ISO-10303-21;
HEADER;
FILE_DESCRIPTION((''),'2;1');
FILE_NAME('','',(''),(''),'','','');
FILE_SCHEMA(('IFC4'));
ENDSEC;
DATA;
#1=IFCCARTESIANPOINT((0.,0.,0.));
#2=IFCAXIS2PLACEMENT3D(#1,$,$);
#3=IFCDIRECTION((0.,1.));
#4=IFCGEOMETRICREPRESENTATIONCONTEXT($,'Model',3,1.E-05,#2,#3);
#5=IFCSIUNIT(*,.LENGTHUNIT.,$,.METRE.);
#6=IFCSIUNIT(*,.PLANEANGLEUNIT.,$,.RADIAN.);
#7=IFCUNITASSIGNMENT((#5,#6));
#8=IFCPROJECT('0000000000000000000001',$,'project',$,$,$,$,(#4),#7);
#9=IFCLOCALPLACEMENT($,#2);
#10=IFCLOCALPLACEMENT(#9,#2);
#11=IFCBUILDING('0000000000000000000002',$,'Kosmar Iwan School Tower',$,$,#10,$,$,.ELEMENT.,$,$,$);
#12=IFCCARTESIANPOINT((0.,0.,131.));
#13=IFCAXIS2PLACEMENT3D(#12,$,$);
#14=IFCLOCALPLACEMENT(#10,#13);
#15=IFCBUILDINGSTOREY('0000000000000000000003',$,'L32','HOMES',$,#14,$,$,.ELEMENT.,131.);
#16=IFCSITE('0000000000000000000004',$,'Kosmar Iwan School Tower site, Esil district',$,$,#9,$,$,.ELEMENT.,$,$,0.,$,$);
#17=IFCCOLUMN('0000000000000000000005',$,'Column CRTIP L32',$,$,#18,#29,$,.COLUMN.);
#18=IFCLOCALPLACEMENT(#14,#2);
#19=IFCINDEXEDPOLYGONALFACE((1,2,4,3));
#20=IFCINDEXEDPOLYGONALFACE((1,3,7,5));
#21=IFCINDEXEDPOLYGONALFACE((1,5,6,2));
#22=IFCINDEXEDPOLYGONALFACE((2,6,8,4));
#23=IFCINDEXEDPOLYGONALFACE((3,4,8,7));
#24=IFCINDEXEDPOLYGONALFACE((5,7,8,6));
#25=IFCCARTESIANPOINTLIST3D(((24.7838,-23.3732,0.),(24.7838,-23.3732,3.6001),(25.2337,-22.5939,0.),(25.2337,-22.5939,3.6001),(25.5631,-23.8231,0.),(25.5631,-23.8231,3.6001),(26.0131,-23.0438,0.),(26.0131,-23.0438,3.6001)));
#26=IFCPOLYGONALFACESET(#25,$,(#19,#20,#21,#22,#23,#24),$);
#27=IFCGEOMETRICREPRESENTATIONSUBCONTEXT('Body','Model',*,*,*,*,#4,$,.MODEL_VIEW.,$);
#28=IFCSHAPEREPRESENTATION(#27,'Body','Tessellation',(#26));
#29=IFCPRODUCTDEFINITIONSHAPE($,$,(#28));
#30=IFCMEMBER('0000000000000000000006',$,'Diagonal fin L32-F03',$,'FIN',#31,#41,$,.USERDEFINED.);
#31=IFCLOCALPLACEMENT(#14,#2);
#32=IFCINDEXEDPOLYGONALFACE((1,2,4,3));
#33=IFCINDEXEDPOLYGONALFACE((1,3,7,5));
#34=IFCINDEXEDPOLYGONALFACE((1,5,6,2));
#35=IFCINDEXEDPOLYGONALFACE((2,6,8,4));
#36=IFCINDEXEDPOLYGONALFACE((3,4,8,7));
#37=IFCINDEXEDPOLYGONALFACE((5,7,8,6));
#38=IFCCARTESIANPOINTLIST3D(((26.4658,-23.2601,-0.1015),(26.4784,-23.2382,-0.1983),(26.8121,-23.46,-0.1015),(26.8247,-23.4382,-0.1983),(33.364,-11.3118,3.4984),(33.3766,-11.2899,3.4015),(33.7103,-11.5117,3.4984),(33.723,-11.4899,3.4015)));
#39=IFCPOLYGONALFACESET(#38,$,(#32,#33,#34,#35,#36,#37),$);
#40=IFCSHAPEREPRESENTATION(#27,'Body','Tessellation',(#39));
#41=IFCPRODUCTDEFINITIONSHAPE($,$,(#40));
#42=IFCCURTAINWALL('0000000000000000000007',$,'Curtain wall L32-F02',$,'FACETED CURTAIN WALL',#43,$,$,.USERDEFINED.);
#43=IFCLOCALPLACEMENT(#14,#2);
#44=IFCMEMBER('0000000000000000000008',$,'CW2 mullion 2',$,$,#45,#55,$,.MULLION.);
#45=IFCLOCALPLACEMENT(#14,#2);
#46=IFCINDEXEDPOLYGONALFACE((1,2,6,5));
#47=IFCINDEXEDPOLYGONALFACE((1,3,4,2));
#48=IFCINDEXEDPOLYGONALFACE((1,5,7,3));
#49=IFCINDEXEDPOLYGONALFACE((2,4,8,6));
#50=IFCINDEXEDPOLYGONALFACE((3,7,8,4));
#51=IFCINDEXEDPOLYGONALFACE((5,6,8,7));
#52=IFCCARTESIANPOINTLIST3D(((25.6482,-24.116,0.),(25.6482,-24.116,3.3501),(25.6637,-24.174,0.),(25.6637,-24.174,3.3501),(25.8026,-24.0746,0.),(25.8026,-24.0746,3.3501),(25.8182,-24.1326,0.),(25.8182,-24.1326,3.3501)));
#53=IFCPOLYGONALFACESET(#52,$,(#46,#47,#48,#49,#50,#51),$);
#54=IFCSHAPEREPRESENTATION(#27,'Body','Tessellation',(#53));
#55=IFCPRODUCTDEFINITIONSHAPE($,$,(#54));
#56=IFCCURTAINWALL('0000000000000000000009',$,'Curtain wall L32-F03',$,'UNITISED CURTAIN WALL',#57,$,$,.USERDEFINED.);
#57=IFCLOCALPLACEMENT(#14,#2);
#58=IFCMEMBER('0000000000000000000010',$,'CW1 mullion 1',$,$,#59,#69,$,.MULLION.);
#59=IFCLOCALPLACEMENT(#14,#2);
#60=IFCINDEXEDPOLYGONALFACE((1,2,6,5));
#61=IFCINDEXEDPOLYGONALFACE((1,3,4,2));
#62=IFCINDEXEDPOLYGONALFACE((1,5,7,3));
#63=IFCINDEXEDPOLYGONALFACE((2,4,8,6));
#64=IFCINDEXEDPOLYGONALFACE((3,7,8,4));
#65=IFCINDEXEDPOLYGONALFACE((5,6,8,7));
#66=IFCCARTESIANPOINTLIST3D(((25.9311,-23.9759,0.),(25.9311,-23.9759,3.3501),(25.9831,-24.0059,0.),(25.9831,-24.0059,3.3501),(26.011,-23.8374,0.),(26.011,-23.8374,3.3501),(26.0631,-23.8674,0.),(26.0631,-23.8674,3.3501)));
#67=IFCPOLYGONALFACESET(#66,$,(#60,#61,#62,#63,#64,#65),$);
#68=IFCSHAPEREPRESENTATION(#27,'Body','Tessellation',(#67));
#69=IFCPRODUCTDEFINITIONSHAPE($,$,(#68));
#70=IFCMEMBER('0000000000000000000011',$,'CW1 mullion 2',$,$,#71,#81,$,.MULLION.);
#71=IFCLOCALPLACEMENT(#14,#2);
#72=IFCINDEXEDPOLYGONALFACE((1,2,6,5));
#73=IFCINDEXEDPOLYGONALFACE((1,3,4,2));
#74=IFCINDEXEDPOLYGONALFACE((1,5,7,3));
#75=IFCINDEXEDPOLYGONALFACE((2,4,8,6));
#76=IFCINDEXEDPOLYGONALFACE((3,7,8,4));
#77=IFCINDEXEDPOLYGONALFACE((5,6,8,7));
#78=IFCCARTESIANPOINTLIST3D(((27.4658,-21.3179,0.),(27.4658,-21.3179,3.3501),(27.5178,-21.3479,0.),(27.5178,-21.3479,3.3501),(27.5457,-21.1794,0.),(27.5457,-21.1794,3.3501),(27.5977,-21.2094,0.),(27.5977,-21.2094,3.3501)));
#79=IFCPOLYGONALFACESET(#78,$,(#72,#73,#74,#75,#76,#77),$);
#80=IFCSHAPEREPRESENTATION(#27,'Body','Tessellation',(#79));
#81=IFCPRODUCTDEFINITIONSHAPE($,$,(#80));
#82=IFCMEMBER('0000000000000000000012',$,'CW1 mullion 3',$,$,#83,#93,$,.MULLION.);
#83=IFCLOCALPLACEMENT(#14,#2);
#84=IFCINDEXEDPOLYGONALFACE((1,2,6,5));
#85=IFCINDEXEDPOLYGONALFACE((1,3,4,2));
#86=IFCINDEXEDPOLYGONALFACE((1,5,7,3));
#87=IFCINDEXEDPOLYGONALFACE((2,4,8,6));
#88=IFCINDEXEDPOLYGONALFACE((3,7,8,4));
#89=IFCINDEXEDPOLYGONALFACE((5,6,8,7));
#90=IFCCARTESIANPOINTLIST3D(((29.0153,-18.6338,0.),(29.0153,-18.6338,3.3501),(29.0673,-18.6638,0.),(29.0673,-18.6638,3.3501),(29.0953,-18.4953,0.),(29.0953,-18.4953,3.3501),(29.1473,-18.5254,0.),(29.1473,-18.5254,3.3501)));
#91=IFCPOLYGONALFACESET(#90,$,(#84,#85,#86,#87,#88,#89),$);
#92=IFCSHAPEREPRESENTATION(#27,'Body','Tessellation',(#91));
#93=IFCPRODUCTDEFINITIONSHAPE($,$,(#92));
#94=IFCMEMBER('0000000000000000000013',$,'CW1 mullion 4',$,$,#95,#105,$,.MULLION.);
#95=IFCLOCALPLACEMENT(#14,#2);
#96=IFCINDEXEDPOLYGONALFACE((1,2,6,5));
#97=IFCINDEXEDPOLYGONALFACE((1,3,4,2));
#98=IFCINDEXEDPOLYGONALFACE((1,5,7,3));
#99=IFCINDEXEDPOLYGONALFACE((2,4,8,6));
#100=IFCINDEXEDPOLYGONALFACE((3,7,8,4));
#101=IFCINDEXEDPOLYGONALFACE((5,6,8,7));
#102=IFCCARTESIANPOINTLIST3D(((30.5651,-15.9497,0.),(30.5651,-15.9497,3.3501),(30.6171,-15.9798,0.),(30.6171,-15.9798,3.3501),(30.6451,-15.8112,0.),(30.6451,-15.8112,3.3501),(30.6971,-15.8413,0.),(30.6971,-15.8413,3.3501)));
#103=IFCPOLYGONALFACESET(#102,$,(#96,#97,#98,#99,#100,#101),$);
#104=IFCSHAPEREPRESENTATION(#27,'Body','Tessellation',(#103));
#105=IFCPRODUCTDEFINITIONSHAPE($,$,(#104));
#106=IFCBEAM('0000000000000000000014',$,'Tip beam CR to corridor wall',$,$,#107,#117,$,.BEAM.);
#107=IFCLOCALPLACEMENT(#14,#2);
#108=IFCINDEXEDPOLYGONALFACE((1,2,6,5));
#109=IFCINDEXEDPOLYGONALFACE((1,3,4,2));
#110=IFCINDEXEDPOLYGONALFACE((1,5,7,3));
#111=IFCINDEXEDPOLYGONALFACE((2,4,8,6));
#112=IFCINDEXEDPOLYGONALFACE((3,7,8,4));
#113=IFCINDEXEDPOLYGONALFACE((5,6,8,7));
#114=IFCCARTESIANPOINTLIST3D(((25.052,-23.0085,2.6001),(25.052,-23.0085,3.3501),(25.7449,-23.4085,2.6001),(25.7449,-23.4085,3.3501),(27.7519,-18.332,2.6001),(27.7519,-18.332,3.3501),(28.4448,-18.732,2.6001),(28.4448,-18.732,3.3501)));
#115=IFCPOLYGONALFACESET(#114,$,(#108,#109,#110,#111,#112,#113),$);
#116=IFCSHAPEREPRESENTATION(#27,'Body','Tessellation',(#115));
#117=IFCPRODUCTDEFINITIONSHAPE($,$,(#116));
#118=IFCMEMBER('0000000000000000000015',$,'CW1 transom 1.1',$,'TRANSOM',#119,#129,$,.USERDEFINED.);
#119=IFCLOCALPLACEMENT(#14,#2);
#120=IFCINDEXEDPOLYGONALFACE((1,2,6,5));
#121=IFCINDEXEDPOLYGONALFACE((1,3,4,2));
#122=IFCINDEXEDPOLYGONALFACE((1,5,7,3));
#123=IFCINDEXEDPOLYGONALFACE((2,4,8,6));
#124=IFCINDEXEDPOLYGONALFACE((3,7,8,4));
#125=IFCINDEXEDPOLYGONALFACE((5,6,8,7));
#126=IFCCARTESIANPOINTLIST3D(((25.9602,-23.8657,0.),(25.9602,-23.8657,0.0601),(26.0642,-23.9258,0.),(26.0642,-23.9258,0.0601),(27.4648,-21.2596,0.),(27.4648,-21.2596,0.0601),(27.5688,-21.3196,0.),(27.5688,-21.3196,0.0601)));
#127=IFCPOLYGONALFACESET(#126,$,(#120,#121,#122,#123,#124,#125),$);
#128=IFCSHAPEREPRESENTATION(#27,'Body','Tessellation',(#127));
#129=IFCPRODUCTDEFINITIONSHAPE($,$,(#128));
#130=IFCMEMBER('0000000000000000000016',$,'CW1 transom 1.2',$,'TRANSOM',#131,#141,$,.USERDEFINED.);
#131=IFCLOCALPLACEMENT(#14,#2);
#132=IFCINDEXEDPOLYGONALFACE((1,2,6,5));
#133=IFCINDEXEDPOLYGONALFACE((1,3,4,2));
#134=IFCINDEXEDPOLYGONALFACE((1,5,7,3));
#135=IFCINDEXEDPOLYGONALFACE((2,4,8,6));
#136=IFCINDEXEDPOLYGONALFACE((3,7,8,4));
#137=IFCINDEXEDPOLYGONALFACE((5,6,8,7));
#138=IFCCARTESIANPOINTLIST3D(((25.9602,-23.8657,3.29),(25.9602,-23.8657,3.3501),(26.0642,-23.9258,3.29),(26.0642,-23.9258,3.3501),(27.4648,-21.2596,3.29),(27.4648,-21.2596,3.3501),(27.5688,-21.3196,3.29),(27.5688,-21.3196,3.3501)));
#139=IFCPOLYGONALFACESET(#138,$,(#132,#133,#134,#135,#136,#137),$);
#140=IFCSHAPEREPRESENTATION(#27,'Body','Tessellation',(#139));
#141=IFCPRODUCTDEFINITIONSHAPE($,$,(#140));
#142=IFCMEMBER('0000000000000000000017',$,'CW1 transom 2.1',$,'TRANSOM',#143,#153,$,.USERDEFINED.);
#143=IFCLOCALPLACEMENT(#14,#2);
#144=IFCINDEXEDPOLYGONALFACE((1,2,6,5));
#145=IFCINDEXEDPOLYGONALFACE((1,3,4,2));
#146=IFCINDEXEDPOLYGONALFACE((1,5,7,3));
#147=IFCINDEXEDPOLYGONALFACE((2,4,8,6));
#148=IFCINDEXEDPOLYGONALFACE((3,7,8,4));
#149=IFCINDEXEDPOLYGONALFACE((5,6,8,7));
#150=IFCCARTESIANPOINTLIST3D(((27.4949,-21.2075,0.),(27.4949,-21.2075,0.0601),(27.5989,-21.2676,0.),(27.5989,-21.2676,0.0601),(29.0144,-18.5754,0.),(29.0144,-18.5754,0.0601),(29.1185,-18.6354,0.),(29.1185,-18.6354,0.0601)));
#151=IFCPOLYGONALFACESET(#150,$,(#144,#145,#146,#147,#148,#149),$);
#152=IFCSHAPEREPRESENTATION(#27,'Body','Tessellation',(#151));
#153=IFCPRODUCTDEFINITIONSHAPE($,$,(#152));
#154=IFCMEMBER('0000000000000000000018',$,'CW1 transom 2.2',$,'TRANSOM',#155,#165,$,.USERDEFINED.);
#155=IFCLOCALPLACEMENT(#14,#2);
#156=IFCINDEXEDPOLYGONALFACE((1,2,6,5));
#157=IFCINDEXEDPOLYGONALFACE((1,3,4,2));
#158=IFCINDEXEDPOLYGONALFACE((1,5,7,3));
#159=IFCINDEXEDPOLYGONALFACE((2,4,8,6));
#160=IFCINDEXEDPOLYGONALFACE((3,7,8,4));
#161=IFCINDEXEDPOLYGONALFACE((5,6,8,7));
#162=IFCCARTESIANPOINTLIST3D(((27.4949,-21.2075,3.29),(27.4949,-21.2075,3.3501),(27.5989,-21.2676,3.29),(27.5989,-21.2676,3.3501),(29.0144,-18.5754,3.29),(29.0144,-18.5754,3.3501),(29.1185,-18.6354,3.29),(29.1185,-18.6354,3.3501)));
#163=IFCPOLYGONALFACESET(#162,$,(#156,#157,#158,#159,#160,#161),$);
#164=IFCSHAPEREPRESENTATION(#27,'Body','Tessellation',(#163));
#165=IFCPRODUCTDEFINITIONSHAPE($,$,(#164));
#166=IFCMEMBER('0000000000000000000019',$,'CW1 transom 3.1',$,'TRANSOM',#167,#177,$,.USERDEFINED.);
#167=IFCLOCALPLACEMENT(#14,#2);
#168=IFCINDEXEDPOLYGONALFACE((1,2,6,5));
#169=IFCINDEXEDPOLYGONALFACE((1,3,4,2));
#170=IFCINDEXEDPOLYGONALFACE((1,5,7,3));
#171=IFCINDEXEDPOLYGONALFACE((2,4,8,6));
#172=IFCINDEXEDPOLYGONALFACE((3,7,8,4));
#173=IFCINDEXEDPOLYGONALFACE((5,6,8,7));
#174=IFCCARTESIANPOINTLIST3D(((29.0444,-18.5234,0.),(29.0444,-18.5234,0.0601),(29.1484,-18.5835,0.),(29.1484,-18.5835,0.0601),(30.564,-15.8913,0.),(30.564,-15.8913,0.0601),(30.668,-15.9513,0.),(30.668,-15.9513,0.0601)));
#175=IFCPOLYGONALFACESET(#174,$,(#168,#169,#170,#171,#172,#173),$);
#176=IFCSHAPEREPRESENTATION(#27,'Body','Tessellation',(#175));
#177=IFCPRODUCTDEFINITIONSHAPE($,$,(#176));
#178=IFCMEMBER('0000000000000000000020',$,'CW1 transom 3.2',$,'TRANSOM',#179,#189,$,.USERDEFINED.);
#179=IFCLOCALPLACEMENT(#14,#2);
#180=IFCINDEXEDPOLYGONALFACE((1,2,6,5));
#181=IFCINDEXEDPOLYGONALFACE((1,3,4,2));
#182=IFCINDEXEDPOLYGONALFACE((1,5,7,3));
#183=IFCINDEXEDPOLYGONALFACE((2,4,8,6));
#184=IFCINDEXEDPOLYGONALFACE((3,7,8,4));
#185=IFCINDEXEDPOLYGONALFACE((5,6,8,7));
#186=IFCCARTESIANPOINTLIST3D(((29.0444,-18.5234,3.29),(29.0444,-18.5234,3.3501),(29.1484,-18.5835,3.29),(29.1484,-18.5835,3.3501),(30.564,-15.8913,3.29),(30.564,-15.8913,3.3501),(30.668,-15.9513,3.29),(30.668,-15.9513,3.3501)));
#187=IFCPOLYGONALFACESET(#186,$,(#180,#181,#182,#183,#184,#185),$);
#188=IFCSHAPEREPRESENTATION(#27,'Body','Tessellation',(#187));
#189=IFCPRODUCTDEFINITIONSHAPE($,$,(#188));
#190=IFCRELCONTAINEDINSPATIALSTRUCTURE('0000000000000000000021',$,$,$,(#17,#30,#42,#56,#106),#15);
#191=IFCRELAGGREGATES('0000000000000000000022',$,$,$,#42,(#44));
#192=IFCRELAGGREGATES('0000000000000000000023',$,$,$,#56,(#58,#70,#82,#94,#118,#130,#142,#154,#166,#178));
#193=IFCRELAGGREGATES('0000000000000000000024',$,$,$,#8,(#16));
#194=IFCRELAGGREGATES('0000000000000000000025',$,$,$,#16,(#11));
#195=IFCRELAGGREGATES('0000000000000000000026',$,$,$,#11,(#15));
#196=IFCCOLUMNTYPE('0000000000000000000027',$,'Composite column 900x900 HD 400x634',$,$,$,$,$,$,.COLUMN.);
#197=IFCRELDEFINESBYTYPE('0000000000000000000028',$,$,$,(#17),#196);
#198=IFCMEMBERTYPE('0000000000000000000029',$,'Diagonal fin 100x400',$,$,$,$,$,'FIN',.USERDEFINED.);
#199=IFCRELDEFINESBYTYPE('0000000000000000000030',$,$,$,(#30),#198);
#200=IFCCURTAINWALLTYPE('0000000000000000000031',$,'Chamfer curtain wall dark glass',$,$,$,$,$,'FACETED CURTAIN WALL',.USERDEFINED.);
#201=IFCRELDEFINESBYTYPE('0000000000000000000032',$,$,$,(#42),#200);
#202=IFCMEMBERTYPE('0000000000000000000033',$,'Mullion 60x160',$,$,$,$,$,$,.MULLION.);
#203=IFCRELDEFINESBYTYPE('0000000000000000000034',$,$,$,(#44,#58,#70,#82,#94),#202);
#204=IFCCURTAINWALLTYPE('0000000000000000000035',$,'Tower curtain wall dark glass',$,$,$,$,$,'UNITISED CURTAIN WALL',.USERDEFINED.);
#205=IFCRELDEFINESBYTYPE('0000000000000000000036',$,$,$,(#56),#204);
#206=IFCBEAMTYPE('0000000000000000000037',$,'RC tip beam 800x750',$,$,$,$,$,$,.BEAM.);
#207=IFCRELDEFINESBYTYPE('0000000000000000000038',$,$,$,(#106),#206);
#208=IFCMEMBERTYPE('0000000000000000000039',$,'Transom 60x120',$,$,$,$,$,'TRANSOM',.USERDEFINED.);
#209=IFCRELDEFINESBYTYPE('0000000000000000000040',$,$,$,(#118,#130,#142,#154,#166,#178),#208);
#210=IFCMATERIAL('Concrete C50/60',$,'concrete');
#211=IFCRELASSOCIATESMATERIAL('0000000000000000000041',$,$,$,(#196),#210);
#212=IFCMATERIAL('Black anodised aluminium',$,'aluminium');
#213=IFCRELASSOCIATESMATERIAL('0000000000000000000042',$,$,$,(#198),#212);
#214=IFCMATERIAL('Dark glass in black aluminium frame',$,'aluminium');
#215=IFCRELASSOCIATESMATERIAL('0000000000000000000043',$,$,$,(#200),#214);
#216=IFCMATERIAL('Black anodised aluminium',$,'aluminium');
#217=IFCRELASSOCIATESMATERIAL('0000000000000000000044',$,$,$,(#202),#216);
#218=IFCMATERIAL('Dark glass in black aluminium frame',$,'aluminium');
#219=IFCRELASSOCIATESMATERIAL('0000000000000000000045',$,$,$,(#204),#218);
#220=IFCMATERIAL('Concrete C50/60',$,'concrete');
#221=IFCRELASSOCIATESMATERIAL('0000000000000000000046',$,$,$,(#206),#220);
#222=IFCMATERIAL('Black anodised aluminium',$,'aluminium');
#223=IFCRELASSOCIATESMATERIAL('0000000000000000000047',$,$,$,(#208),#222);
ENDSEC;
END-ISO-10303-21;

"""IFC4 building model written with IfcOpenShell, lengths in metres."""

from ifc_helpers import new_model, si_unit, direction, frame, origin, origin_2d, place, context, subcontext, project, spatial, rectangle, extrude, material, material_profile, profile_set, type_object, element, aggregate, save


model = new_model("IFC4")

# Units and contexts
model_context = context("Model", 3, precision=1e-05, world=origin(), true_north=direction((0.0, 1.0)))
body_context = subcontext(model_context, "Body", "Model", "MODEL_VIEW")
ifc_project = project(units=[si_unit("LENGTHUNIT", "METRE"), si_unit("PLANEANGLEUNIT", "RADIAN")], contexts=[model_context])

# Site, building, storey
site_placement = place(None, origin())
site = spatial("IfcSite", under=ifc_project, at=site_placement, Name="Kosmar Iwan School Tower site, Esil district", CompositionType="ELEMENT", RefElevation=0.0)
building_placement = place(site_placement, origin())
building = spatial("IfcBuilding", under=site, at=building_placement, Name="Kosmar Iwan School Tower", CompositionType="ELEMENT")
storey_placement = place(building_placement, frame((0.0, 0.0, 131.0)))
storey = spatial("IfcBuildingStorey", under=building, at=storey_placement, Name="L32", Description="HOMES", CompositionType="ELEMENT", Elevation=131.0)

# Column
ifc_material_1 = material(Name="Concrete C50/60", Category="concrete")
ifc_material_profile_1 = material_profile(ifc_material_1, rectangle(XDim=0.8999, YDim=0.8999, at=origin_2d()), Name="RC 900x900 + HD 400x634")
ifc_profile_set_1 = profile_set([ifc_material_profile_1], Name="Concrete C50/60")
column_type = type_object("IfcColumnType", Name="Composite column 900x900 HD 400x634", PredefinedType="COLUMN", material=ifc_profile_set_1)
column_placement = place(storey_placement, frame((25.3984, -23.2085, 0.0), z_axis=(0.0, 0.0, 1.0), x_axis=(0.866025, -0.5, 0.0)))
element("IfcColumn", 1, at=column_placement, inside=storey, type_object=column_type, Name="Column CRTIP L32", PredefinedType="COLUMN", context=body_context, shape_type="SweptSolid", body=[
    extrude(rectangle(XDim=0.8999, YDim=0.8999, at=origin_2d()), origin(), (0.0, 0.0, 1.0), 3.6001),
])

# Member
ifc_material_2 = material(Name="Black anodised aluminium", Category="aluminium")
ifc_material_profile_2 = material_profile(ifc_material_2, rectangle(XDim=0.1001, YDim=0.3999, at=origin_2d()), Name="FIN 100x400")
ifc_profile_set_2 = profile_set([ifc_material_profile_2], Name="Black anodised aluminium")
member_type_1 = type_object("IfcMemberType", Name="Diagonal fin 100x400", ElementType="FIN", PredefinedType="USERDEFINED", material=ifc_profile_set_2)
member_1_placement = place(storey_placement, frame((26.6453, -23.3491, -0.1499), z_axis=(0.483796, 0.837974, 0.252471), x_axis=(-0.126234, -0.218647, 0.967604)))
element("IfcMember", 2, at=member_1_placement, inside=storey, type_object=member_type_1, Name="Diagonal fin L32-F03", ObjectType="FIN", PredefinedType="USERDEFINED", context=body_context, shape_type="SweptSolid", body=[
    extrude(rectangle(XDim=0.1001, YDim=0.3999, at=origin_2d()), origin(), (0.0, 0.0, 1.0), 14.2585),
])

# Curtain wall, member
ifc_material_3 = material(Name="Dark glass in black aluminium frame", Category="aluminium")
curtain_wall_type_1 = type_object("IfcCurtainWallType", Name="Chamfer curtain wall dark glass", ElementType="FACETED CURTAIN WALL", PredefinedType="USERDEFINED", material=ifc_material_3)
curtain_wall_1_placement = place(storey_placement, origin())
curtain_wall_1 = element("IfcCurtainWall", 3, at=curtain_wall_1_placement, inside=storey, type_object=curtain_wall_type_1, Name="Curtain wall L32-F02", ObjectType="FACETED CURTAIN WALL", PredefinedType="USERDEFINED")
ifc_material_4 = material(Name="Black anodised aluminium", Category="aluminium")
ifc_material_profile_3 = material_profile(ifc_material_4, rectangle(XDim=0.0601, YDim=0.1599, at=origin_2d()), Name="MULLION 60x160")
ifc_profile_set_3 = profile_set([ifc_material_profile_3], Name="Black anodised aluminium")
member_type_2 = type_object("IfcMemberType", Name="Mullion 60x160", PredefinedType="MULLION", material=ifc_profile_set_3)
member_2_placement = place(storey_placement, frame((25.7332, -24.1243, 0.0), z_axis=(0.0, 0.0, 1.0), x_axis=(-0.258819, 0.965926, 0.0)))
member_2 = element("IfcMember", 4, at=member_2_placement, type_object=member_type_2, Name="CW2 mullion 2", PredefinedType="MULLION", context=body_context, shape_type="SweptSolid", body=[
    extrude(rectangle(XDim=0.0601, YDim=0.1599, at=origin_2d()), origin(), (0.0, 0.0, 1.0), 3.3501),
])

# Curtain wall, members
ifc_material_5 = material(Name="Dark glass in black aluminium frame", Category="aluminium")
curtain_wall_type_2 = type_object("IfcCurtainWallType", Name="Tower curtain wall dark glass", ElementType="UNITISED CURTAIN WALL", PredefinedType="USERDEFINED", material=ifc_material_5)
curtain_wall_2_placement = place(storey_placement, origin())
curtain_wall_2 = element("IfcCurtainWall", 5, at=curtain_wall_2_placement, inside=storey, type_object=curtain_wall_type_2, Name="Curtain wall L32-F03", ObjectType="UNITISED CURTAIN WALL", PredefinedType="USERDEFINED")
member_3_placement = place(storey_placement, frame((25.9971, -23.9216, 0.0), z_axis=(0.0, 0.0, 1.0), x_axis=(-0.866025, 0.5, 0.0)))
member_3 = element("IfcMember", 6, at=member_3_placement, type_object=member_type_2, Name="CW1 mullion 1", PredefinedType="MULLION", context=body_context, shape_type="SweptSolid", body=[
    extrude(rectangle(XDim=0.0601, YDim=0.1599, at=origin_2d()), origin(), (0.0, 0.0, 1.0), 3.3501),
])
member_4_placement = place(storey_placement, frame((27.5317, -21.2637, 0.0), z_axis=(0.0, 0.0, 1.0), x_axis=(-0.866025, 0.5, 0.0)))
member_4 = element("IfcMember", 7, at=member_4_placement, type_object=member_type_2, Name="CW1 mullion 2", PredefinedType="MULLION", context=body_context, shape_type="SweptSolid", body=[
    extrude(rectangle(XDim=0.0601, YDim=0.1599, at=origin_2d()), origin(), (0.0, 0.0, 1.0), 3.3501),
])
member_5_placement = place(storey_placement, frame((29.0813, -18.5796, 0.0), z_axis=(0.0, 0.0, 1.0), x_axis=(-0.866025, 0.5, 0.0)))
member_5 = element("IfcMember", 8, at=member_5_placement, type_object=member_type_2, Name="CW1 mullion 3", PredefinedType="MULLION", context=body_context, shape_type="SweptSolid", body=[
    extrude(rectangle(XDim=0.0601, YDim=0.1599, at=origin_2d()), origin(), (0.0, 0.0, 1.0), 3.3501),
])
member_6_placement = place(storey_placement, frame((30.6311, -15.8955, 0.0), z_axis=(0.0, 0.0, 1.0), x_axis=(-0.866025, 0.5, 0.0)))
member_6 = element("IfcMember", 9, at=member_6_placement, type_object=member_type_2, Name="CW1 mullion 4", PredefinedType="MULLION", context=body_context, shape_type="SweptSolid", body=[
    extrude(rectangle(XDim=0.0601, YDim=0.1599, at=origin_2d()), origin(), (0.0, 0.0, 1.0), 3.3501),
])

# Beam
ifc_material_6 = material(Name="Concrete C50/60", Category="concrete")
ifc_material_profile_4 = material_profile(ifc_material_6, rectangle(XDim=0.8, YDim=0.75, at=origin_2d()), Name="RC 800x750")
ifc_profile_set_4 = profile_set([ifc_material_profile_4], Name="Concrete C50/60")
beam_type = type_object("IfcBeamType", Name="RC tip beam 800x750", PredefinedType="BEAM", material=ifc_profile_set_4)
beam_placement = place(storey_placement, frame((25.3984, -23.2085, 2.9751), z_axis=(0.499995, 0.866028, 0.0), x_axis=(-0.866028, 0.499995, 0.0)))
element("IfcBeam", 10, at=beam_placement, inside=storey, type_object=beam_type, Name="Tip beam CR to corridor wall", PredefinedType="BEAM", context=body_context, shape_type="SweptSolid", body=[
    extrude(rectangle(XDim=0.8, YDim=0.75, at=origin_2d()), origin(), (0.0, 0.0, 1.0), 5.3999),
])

# Members
ifc_material_7 = material(Name="Black anodised aluminium", Category="aluminium")
ifc_material_profile_5 = material_profile(ifc_material_7, rectangle(XDim=0.1201, YDim=0.0601, at=origin_2d()), Name="TRANSOM 60x120")
ifc_profile_set_5 = profile_set([ifc_material_profile_5], Name="Black anodised aluminium")
member_type_3 = type_object("IfcMemberType", Name="Transom 60x120", ElementType="TRANSOM", PredefinedType="USERDEFINED", material=ifc_profile_set_5)
member_7_placement = place(storey_placement, frame((26.0122, -23.8958, 0.03), z_axis=(0.499987, 0.866033, 0.0), x_axis=(-0.866033, 0.499987, 0.0)))
member_7 = element("IfcMember", 11, at=member_7_placement, type_object=member_type_3, Name="CW1 transom 1.1", ObjectType="TRANSOM", PredefinedType="USERDEFINED", context=body_context, shape_type="SweptSolid", body=[
    extrude(rectangle(XDim=0.1201, YDim=0.0601, at=origin_2d()), origin(), (0.0, 0.0, 1.0), 3.0093),
])
member_8_placement = place(storey_placement, frame((26.0122, -23.8958, 3.3201), z_axis=(0.499987, 0.866033, 0.0), x_axis=(-0.866033, 0.499987, 0.0)))
member_8 = element("IfcMember", 12, at=member_8_placement, type_object=member_type_3, Name="CW1 transom 1.2", ObjectType="TRANSOM", PredefinedType="USERDEFINED", context=body_context, shape_type="SweptSolid", body=[
    extrude(rectangle(XDim=0.1201, YDim=0.0601, at=origin_2d()), origin(), (0.0, 0.0, 1.0), 3.0093),
])
member_9_placement = place(storey_placement, frame((27.5469, -21.2375, 0.03), z_axis=(0.499975, 0.86604, 0.0), x_axis=(-0.86604, 0.499975, 0.0)))
member_9 = element("IfcMember", 13, at=member_9_placement, type_object=member_type_3, Name="CW1 transom 2.1", ObjectType="TRANSOM", PredefinedType="USERDEFINED", context=body_context, shape_type="SweptSolid", body=[
    extrude(rectangle(XDim=0.1201, YDim=0.0601, at=origin_2d()), origin(), (0.0, 0.0, 1.0), 3.0393),
])
member_10_placement = place(storey_placement, frame((27.5469, -21.2375, 3.3201), z_axis=(0.499975, 0.86604, 0.0), x_axis=(-0.86604, 0.499975, 0.0)))
member_10 = element("IfcMember", 14, at=member_10_placement, type_object=member_type_3, Name="CW1 transom 2.2", ObjectType="TRANSOM", PredefinedType="USERDEFINED", context=body_context, shape_type="SweptSolid", body=[
    extrude(rectangle(XDim=0.1201, YDim=0.0601, at=origin_2d()), origin(), (0.0, 0.0, 1.0), 3.0393),
])
member_11_placement = place(storey_placement, frame((29.0964, -18.5535, 0.03), z_axis=(0.499975, 0.86604, 0.0), x_axis=(-0.86604, 0.499975, 0.0)))
member_11 = element("IfcMember", 15, at=member_11_placement, type_object=member_type_3, Name="CW1 transom 3.1", ObjectType="TRANSOM", PredefinedType="USERDEFINED", context=body_context, shape_type="SweptSolid", body=[
    extrude(rectangle(XDim=0.1201, YDim=0.0601, at=origin_2d()), origin(), (0.0, 0.0, 1.0), 3.0393),
])
member_12_placement = place(storey_placement, frame((29.0964, -18.5535, 3.3201), z_axis=(0.499975, 0.86604, 0.0), x_axis=(-0.86604, 0.499975, 0.0)))
member_12 = element("IfcMember", 16, at=member_12_placement, type_object=member_type_3, Name="CW1 transom 3.2", ObjectType="TRANSOM", PredefinedType="USERDEFINED", context=body_context, shape_type="SweptSolid", body=[
    extrude(rectangle(XDim=0.1201, YDim=0.0601, at=origin_2d()), origin(), (0.0, 0.0, 1.0), 3.0393),
])

aggregate(curtain_wall_1, [member_2])
aggregate(curtain_wall_2, [member_3, member_4, member_5, member_6, member_7, member_8, member_9, member_10, member_11, member_12])

save(model, "model.ifc")
